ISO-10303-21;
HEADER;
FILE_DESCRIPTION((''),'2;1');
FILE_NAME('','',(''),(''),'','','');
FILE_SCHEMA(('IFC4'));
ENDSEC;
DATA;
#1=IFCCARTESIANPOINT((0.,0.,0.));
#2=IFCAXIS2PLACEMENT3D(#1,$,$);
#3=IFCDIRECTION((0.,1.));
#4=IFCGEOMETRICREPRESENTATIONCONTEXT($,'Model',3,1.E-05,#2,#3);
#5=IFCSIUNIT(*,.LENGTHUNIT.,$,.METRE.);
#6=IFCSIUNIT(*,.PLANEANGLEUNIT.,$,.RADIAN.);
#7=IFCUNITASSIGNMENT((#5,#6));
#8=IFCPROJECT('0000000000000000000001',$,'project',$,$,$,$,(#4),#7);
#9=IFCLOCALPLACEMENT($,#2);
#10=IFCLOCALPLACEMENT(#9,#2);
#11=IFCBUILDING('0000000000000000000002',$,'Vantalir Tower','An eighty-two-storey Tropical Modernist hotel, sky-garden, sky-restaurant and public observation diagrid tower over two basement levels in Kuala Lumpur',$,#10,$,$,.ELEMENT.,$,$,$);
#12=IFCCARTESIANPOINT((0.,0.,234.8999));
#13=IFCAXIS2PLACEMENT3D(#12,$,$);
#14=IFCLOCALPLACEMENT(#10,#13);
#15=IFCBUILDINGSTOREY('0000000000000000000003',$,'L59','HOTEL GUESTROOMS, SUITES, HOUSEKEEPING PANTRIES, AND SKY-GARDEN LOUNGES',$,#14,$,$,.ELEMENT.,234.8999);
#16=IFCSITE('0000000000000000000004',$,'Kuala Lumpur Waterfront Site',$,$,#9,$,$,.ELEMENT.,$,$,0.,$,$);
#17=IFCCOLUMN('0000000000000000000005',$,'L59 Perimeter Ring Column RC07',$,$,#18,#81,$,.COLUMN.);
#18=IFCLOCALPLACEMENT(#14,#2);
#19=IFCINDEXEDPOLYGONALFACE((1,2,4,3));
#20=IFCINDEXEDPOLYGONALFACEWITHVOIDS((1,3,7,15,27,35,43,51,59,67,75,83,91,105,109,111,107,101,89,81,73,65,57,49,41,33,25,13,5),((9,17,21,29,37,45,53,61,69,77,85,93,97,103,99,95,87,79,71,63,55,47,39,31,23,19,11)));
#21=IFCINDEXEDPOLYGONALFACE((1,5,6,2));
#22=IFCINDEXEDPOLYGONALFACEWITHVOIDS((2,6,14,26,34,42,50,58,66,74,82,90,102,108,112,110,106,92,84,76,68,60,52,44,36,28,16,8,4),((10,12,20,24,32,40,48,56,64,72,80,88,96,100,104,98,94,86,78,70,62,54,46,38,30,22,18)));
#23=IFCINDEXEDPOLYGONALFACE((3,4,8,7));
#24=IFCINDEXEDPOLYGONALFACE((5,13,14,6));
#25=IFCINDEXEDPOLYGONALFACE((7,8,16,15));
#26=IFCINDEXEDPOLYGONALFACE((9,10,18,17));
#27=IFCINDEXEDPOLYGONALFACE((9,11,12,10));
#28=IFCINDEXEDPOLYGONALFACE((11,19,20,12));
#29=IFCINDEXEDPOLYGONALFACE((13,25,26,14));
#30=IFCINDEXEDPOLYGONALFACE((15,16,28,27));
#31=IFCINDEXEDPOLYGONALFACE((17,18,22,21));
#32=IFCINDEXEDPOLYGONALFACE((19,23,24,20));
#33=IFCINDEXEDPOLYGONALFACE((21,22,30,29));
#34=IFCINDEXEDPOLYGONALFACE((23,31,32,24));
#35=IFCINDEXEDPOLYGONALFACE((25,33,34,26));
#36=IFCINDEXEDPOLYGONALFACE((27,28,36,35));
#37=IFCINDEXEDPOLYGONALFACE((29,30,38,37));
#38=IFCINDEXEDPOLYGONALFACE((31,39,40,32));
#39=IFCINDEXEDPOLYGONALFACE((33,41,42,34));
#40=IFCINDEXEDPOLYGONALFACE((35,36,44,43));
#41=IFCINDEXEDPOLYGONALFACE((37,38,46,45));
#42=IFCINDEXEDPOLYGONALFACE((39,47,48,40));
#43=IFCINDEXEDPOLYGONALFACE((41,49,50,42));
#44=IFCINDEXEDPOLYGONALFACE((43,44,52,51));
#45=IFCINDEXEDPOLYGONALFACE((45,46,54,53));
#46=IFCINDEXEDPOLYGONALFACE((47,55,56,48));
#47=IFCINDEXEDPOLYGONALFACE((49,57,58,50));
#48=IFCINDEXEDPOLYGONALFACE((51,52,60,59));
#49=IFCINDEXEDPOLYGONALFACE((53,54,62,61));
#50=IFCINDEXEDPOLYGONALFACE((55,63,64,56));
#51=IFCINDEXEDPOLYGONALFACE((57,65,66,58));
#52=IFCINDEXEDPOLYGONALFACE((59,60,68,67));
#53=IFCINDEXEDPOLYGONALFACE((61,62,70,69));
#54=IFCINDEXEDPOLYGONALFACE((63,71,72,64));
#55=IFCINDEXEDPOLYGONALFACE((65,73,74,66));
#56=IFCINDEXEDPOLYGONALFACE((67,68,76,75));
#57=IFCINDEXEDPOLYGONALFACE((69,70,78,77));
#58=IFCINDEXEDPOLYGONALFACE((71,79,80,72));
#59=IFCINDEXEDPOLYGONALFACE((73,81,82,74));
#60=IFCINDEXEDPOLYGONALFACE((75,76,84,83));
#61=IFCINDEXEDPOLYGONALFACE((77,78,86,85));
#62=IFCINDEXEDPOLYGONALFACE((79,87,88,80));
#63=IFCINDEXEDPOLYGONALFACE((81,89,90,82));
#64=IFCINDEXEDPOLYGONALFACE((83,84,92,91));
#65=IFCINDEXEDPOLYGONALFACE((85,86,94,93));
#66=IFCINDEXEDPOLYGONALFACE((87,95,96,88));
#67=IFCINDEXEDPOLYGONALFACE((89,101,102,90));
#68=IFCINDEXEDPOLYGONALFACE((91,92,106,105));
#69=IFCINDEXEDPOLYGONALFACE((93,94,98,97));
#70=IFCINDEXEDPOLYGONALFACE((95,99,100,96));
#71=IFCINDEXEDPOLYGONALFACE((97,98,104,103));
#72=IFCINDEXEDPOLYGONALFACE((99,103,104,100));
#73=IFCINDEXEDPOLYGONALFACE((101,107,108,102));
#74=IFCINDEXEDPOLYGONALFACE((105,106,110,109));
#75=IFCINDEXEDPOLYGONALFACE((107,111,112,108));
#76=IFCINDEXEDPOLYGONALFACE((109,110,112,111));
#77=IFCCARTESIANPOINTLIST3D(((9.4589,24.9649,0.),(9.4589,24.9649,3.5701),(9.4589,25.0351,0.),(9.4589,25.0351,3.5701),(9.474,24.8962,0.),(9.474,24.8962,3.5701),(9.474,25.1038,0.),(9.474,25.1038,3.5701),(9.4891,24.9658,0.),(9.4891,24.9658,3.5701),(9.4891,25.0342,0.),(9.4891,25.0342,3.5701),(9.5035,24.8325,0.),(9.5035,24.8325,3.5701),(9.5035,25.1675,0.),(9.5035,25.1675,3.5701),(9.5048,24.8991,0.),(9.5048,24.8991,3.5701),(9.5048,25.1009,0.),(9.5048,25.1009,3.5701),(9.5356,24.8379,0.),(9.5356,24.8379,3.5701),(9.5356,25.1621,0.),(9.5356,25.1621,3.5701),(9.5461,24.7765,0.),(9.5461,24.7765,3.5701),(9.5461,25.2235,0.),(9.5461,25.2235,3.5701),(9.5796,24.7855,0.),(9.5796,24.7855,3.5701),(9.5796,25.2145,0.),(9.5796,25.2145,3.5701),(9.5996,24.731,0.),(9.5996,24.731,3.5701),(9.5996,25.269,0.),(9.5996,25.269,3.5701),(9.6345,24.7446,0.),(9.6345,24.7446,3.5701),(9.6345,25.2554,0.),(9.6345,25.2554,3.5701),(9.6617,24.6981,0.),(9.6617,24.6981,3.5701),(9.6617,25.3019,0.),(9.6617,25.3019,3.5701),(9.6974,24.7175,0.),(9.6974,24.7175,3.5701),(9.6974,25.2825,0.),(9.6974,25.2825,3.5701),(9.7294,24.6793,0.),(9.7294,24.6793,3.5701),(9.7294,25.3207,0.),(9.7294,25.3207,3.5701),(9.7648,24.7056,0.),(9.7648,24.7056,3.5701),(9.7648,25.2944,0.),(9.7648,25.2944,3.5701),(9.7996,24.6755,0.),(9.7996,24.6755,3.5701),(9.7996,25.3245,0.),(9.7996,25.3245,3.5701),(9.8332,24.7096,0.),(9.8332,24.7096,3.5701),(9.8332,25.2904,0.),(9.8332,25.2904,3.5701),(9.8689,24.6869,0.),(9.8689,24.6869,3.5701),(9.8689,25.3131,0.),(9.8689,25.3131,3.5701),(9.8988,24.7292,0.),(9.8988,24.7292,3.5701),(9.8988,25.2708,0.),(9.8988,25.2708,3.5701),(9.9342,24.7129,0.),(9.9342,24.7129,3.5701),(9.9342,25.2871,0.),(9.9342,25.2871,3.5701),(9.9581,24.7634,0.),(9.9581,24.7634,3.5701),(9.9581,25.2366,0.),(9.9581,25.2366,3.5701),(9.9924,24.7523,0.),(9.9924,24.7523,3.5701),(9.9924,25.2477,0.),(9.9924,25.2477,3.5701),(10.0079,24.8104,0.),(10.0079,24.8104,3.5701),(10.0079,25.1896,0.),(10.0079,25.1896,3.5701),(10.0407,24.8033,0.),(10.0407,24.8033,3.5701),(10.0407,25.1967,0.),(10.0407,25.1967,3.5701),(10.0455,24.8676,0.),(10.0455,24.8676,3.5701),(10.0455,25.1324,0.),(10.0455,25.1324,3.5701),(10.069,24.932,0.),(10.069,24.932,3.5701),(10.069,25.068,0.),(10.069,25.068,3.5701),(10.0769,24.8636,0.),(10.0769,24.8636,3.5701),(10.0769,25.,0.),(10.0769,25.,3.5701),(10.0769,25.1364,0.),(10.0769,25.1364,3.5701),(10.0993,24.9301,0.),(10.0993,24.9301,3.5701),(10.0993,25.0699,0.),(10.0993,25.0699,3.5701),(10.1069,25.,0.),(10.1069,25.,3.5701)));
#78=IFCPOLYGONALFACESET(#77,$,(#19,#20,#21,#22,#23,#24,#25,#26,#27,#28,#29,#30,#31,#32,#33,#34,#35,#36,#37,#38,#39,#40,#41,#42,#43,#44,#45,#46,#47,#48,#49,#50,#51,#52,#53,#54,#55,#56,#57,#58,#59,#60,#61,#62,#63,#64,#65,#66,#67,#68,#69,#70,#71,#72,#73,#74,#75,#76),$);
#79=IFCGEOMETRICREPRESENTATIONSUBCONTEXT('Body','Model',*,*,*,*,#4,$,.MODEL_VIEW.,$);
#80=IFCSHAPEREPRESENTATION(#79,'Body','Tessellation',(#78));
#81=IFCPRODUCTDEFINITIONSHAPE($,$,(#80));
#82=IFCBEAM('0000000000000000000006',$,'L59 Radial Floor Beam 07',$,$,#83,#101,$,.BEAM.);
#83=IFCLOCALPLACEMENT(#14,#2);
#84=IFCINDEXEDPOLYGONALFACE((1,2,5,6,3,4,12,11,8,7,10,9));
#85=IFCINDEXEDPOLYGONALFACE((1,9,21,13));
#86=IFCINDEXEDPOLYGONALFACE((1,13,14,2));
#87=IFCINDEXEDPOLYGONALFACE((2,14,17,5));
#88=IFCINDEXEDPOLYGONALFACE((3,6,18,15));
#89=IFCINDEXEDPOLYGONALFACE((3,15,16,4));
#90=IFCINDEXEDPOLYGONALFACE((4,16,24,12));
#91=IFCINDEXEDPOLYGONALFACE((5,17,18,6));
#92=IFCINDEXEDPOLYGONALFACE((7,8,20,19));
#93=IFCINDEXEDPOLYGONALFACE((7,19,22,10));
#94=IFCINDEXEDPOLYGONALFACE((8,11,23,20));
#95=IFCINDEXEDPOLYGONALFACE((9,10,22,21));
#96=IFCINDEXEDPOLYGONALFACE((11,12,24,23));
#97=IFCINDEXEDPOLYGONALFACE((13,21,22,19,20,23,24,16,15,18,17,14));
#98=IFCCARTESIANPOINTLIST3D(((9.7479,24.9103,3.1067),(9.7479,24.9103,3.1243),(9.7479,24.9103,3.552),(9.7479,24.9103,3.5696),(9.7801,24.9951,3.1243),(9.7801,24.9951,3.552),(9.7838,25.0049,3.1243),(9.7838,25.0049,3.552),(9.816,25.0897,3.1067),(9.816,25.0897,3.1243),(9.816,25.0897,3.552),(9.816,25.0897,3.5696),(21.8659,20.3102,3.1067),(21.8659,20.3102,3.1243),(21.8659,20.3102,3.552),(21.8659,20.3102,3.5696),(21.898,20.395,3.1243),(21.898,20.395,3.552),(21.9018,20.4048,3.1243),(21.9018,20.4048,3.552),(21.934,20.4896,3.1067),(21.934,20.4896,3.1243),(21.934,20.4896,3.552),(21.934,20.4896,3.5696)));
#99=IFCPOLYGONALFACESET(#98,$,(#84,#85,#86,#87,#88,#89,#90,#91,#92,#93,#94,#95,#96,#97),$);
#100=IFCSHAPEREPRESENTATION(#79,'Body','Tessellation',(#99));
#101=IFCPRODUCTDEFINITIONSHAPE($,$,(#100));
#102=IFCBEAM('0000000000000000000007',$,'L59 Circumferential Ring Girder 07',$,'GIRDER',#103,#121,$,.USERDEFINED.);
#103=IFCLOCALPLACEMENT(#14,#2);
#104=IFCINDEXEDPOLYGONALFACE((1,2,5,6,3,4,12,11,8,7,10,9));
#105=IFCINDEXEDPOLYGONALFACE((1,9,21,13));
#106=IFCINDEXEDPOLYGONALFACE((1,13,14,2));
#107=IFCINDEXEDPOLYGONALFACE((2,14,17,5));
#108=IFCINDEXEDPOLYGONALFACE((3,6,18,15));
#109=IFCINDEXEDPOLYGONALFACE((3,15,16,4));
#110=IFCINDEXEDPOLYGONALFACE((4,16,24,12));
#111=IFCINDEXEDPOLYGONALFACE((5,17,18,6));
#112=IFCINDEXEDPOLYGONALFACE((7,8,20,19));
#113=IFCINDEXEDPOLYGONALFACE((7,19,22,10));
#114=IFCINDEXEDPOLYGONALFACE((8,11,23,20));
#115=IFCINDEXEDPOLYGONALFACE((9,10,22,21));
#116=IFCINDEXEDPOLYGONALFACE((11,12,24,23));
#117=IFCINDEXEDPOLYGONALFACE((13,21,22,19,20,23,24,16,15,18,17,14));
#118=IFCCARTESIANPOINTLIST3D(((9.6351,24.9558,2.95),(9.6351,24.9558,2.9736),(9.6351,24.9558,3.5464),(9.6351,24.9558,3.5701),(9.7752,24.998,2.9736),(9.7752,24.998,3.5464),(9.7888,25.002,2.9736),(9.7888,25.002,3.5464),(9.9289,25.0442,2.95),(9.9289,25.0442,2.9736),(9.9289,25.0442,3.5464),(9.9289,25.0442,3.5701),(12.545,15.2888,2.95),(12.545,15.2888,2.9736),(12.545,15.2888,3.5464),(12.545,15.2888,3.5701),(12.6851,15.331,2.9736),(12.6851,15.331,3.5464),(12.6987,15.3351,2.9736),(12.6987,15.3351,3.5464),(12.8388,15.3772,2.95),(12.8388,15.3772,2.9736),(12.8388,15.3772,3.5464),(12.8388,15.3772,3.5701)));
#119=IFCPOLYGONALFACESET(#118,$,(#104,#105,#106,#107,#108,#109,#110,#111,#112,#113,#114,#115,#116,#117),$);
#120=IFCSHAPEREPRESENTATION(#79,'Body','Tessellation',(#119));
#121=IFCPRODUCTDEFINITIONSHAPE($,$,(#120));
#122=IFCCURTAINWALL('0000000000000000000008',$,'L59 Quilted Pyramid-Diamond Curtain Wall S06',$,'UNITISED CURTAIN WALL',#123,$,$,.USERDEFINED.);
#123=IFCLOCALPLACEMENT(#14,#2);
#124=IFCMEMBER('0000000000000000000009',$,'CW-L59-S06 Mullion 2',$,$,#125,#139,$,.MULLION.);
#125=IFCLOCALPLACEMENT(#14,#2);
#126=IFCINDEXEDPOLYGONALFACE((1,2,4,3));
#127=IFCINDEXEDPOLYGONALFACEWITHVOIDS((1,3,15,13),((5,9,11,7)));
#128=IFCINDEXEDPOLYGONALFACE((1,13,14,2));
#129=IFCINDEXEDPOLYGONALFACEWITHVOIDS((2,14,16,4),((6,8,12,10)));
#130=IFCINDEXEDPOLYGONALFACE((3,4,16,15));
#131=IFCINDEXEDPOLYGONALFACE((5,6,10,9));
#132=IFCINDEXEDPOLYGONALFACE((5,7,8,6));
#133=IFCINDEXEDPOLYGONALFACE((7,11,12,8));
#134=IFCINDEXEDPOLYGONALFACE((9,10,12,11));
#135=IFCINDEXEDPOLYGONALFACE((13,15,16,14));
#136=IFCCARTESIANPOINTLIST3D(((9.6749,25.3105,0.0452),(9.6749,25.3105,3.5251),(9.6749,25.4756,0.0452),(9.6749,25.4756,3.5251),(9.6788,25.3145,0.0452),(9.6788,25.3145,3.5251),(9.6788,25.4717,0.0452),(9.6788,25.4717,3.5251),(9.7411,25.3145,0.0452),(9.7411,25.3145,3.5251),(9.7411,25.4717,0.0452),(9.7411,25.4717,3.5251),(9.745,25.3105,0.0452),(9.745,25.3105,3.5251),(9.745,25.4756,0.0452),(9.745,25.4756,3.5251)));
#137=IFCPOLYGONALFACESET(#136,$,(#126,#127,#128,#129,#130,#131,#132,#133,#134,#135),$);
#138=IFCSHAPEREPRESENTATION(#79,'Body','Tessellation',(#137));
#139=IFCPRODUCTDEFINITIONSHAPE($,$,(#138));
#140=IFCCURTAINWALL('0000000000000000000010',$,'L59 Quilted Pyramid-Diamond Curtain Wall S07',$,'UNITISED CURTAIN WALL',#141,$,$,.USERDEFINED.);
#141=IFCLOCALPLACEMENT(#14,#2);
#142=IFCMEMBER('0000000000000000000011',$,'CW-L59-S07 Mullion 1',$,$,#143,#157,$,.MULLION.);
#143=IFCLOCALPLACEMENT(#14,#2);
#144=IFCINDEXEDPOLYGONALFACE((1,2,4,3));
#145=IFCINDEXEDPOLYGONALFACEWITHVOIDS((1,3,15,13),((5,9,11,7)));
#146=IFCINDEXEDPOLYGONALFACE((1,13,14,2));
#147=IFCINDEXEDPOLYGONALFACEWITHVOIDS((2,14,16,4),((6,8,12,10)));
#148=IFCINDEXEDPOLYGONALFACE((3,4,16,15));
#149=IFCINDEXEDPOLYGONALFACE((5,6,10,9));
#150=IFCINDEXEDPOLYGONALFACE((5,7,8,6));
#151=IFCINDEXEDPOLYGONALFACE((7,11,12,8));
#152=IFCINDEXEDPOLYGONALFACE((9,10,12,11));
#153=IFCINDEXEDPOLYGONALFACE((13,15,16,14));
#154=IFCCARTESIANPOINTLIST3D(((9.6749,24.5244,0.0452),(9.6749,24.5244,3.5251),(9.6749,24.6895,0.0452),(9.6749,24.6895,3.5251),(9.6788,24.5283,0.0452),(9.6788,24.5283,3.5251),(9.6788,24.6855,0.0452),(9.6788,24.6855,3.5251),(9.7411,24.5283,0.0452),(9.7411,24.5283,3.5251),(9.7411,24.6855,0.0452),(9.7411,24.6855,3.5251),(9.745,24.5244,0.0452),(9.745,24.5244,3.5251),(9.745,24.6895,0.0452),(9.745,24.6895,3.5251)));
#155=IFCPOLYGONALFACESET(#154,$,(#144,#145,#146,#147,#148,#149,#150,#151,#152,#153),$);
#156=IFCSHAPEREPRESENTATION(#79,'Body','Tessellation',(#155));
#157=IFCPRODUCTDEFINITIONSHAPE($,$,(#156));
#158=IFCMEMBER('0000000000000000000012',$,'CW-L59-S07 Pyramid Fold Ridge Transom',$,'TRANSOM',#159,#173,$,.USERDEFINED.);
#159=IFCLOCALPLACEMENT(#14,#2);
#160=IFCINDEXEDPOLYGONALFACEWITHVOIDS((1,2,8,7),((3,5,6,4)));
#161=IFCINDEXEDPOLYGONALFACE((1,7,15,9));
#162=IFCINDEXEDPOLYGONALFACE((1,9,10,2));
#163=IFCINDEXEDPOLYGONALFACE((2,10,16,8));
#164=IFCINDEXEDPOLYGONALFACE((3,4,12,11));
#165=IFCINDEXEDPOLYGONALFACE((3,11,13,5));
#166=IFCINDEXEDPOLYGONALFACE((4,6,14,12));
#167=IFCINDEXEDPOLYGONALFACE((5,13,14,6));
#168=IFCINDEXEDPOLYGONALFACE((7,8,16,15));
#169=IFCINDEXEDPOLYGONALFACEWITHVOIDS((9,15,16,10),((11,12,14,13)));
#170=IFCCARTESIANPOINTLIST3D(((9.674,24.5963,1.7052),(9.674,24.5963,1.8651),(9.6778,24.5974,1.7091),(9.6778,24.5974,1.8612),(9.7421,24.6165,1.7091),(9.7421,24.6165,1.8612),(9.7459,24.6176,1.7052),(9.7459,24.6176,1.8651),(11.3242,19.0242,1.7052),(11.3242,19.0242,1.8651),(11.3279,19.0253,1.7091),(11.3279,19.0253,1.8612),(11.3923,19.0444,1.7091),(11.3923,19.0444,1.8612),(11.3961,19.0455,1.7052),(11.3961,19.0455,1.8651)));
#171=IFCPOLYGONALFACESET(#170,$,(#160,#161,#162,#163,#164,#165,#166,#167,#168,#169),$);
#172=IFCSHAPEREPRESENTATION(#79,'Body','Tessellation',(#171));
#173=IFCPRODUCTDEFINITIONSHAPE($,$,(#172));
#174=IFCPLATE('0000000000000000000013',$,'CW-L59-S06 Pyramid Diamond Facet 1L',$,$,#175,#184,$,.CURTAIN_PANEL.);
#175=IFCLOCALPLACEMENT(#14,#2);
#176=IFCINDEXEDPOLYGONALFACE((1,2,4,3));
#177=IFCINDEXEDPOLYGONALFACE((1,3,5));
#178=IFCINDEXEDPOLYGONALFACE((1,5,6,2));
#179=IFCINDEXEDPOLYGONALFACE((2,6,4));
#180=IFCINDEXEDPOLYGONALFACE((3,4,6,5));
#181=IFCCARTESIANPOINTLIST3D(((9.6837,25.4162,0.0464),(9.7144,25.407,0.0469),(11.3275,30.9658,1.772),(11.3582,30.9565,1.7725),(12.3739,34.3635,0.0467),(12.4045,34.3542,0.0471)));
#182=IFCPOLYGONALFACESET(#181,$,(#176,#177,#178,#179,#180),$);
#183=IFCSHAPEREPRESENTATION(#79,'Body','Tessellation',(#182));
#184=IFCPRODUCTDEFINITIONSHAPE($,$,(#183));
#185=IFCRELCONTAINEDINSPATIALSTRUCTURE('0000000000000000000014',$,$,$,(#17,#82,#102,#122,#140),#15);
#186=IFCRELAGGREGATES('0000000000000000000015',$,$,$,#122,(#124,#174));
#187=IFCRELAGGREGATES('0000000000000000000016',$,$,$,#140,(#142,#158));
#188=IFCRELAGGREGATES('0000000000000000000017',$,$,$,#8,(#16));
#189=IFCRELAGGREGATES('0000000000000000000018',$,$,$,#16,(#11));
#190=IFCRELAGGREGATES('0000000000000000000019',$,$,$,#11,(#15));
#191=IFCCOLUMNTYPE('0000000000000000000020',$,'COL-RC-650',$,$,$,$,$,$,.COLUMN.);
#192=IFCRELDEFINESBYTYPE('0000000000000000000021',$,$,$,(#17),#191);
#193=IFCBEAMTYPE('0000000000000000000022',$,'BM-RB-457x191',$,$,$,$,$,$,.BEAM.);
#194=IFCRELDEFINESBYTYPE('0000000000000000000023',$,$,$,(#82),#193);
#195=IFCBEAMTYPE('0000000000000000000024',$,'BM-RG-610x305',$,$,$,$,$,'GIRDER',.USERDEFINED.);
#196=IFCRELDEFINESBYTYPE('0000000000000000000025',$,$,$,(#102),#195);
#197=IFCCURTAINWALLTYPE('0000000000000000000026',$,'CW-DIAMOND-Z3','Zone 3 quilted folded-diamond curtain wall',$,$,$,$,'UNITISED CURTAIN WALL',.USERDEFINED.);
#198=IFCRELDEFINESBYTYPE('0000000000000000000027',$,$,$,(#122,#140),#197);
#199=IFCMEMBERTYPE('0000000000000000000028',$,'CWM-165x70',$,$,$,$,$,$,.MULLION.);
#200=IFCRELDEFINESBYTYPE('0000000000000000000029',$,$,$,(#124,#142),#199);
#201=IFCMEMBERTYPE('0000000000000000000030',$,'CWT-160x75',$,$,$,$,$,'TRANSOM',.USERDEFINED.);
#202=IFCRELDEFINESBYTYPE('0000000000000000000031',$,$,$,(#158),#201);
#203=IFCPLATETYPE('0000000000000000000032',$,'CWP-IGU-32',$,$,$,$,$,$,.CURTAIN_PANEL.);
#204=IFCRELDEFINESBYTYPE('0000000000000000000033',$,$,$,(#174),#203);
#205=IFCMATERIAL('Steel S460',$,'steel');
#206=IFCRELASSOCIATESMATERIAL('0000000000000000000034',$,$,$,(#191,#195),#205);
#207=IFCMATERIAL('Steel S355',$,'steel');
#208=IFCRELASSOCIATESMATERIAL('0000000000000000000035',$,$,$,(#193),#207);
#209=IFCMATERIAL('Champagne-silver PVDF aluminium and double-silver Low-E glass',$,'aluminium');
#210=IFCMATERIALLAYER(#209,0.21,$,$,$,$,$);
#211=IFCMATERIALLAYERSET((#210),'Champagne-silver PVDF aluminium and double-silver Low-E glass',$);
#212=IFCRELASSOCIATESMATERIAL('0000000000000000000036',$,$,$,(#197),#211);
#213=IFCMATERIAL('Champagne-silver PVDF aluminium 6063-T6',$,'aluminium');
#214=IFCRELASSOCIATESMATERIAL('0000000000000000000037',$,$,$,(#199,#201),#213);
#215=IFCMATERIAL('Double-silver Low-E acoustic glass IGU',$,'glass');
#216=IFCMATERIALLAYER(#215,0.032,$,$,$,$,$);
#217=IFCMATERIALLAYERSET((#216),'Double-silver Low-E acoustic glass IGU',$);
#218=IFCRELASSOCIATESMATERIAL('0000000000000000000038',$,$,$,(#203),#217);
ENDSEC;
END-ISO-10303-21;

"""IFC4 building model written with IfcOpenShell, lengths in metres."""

from ifc_helpers import new_model, si_unit, direction, frame, origin, origin_2d, place, context, subcontext, project, spatial, polyline, hollow_rectangle, hollow_circle, i_section, outline, extrude, material, layer, layer_set, material_profile, profile_set, type_object, element, aggregate, save


model = new_model("IFC4")

# Units and contexts
model_context = context("Model", 3, precision=1e-05, world=origin(), true_north=direction((0.0, 1.0)))
body_context = subcontext(model_context, "Body", "Model", "MODEL_VIEW")
ifc_project = project(units=[si_unit("LENGTHUNIT", "METRE"), si_unit("PLANEANGLEUNIT", "RADIAN")], contexts=[model_context])

# Site, building, storey
site_placement = place(None, origin())
site = spatial("IfcSite", under=ifc_project, at=site_placement, Name="Kuala Lumpur Waterfront Site", CompositionType="ELEMENT", RefElevation=0.0)
building_placement = place(site_placement, origin())
building = spatial("IfcBuilding", under=site, at=building_placement, Name="Vantalir Tower", Description="An eighty-two-storey Tropical Modernist hotel, sky-garden, sky-restaurant and public observation diagrid tower over two basement levels in Kuala Lumpur", CompositionType="ELEMENT")
storey_placement = place(building_placement, frame((0.0, 0.0, 234.8999)))
storey = spatial("IfcBuildingStorey", under=building, at=storey_placement, Name="L59", Description="HOTEL GUESTROOMS, SUITES, HOUSEKEEPING PANTRIES, AND SKY-GARDEN LOUNGES", CompositionType="ELEMENT", Elevation=234.8999)

# Column
ifc_material_1 = material(Name="Steel S460", Category="steel")
ifc_material_profile_1 = material_profile(ifc_material_1, hollow_circle(Radius=0.325, WallThickness=0.03, at=origin_2d()), Name="Steel S460")
ifc_profile_set_1 = profile_set([ifc_material_profile_1], Name="Steel S460")
column_type = type_object("IfcColumnType", Name="COL-RC-650", PredefinedType="COLUMN", material=ifc_profile_set_1)
column_placement = place(storey_placement, frame((9.782, 25.0, 0.0), z_axis=(0.0, 0.0, 1.0), x_axis=(1.0, 0.0, 0.0)))
element("IfcColumn", 1, at=column_placement, inside=storey, type_object=column_type, Name="L59 Perimeter Ring Column RC07", PredefinedType="COLUMN", context=body_context, shape_type="SweptSolid", body=[
    extrude(hollow_circle(Radius=0.325, WallThickness=0.03, at=origin_2d()), origin(), (0.0, 0.0, 1.0), 3.5701),
])

# Beams
ifc_material_2 = material(Name="Steel S355", Category="steel")
ifc_material_profile_2 = material_profile(ifc_material_2, i_section(OverallWidth=0.1919, OverallDepth=0.4629, WebThickness=0.0105, FlangeThickness=0.0176, at=origin_2d()), Name="Steel S355")
ifc_profile_set_2 = profile_set([ifc_material_profile_2], Name="Steel S355")
beam_type_1 = type_object("IfcBeamType", Name="BM-RB-457x191", PredefinedType="BEAM", material=ifc_profile_set_2)
beam_1_placement = place(storey_placement, frame((9.782, 25.0, 3.3381), z_axis=(0.934904, -0.3549, 0.0), x_axis=(0.3549, 0.934904, 0.0)))
element("IfcBeam", 2, at=beam_1_placement, inside=storey, type_object=beam_type_1, Name="L59 Radial Floor Beam 07", PredefinedType="BEAM", context=body_context, shape_type="SweptSolid", body=[
    extrude(i_section(OverallWidth=0.1919, OverallDepth=0.4629, WebThickness=0.0105, FlangeThickness=0.0176, at=origin_2d()), origin(), (0.0, 0.0, 1.0), 12.9617),
])
ifc_material_profile_3 = material_profile(ifc_material_1, i_section(OverallWidth=0.3069, OverallDepth=0.6201, WebThickness=0.0142, FlangeThickness=0.0237, at=origin_2d()), Name="Steel S460")
ifc_profile_set_3 = profile_set([ifc_material_profile_3], Name="Steel S460")
beam_type_2 = type_object("IfcBeamType", Name="BM-RG-610x305", ElementType="GIRDER", PredefinedType="USERDEFINED", material=ifc_profile_set_3)
beam_2_placement = place(storey_placement, frame((9.782, 25.0, 3.26), z_axis=(0.28824, -0.957558, 0.0), x_axis=(0.957558, 0.28824, 0.0)))
element("IfcBeam", 3, at=beam_2_placement, inside=storey, type_object=beam_type_2, Name="L59 Circumferential Ring Girder 07", ObjectType="GIRDER", PredefinedType="USERDEFINED", context=body_context, shape_type="SweptSolid", body=[
    extrude(i_section(OverallWidth=0.3069, OverallDepth=0.6201, WebThickness=0.0142, FlangeThickness=0.0237, at=origin_2d()), origin(), (0.0, 0.0, 1.0), 10.0955),
])

# Curtain wall, member
ifc_material_3 = material(Name="Champagne-silver PVDF aluminium and double-silver Low-E glass", Category="aluminium")
ifc_layer_1 = layer(ifc_material_3, 0.21)
ifc_layer_set_1 = layer_set([ifc_layer_1], Name="Champagne-silver PVDF aluminium and double-silver Low-E glass")
curtain_wall_type = type_object("IfcCurtainWallType", Name="CW-DIAMOND-Z3", Description="Zone 3 quilted folded-diamond curtain wall", ElementType="UNITISED CURTAIN WALL", PredefinedType="USERDEFINED", material=ifc_layer_set_1)
curtain_wall_1_placement = place(storey_placement, origin())
curtain_wall_1 = element("IfcCurtainWall", 4, at=curtain_wall_1_placement, inside=storey, type_object=curtain_wall_type, Name="L59 Quilted Pyramid-Diamond Curtain Wall S06", ObjectType="UNITISED CURTAIN WALL", PredefinedType="USERDEFINED")
ifc_material_4 = material(Name="Champagne-silver PVDF aluminium 6063-T6", Category="aluminium")
ifc_material_profile_4 = material_profile(ifc_material_4, hollow_rectangle(XDim=0.0701, YDim=0.165, WallThickness=0.0039, at=origin_2d()), Name="Champagne-silver PVDF aluminium 6063-T6")
ifc_profile_set_4 = profile_set([ifc_material_profile_4], Name="Champagne-silver PVDF aluminium 6063-T6")
member_type_1 = type_object("IfcMemberType", Name="CWM-165x70", PredefinedType="MULLION", material=ifc_profile_set_4)
member_1_placement = place(storey_placement, frame((9.71, 25.3931, 0.0452), z_axis=(0.0, 0.0, 1.0), x_axis=(1.0, 0.0, 0.0)))
member_1 = element("IfcMember", 5, at=member_1_placement, type_object=member_type_1, Name="CW-L59-S06 Mullion 2", PredefinedType="MULLION", context=body_context, shape_type="SweptSolid", body=[
    extrude(hollow_rectangle(XDim=0.0701, YDim=0.165, WallThickness=0.0039, at=origin_2d()), origin(), (0.0, 0.0, 1.0), 3.48),
])

# Curtain wall, members
curtain_wall_2_placement = place(storey_placement, origin())
curtain_wall_2 = element("IfcCurtainWall", 6, at=curtain_wall_2_placement, inside=storey, type_object=curtain_wall_type, Name="L59 Quilted Pyramid-Diamond Curtain Wall S07", ObjectType="UNITISED CURTAIN WALL", PredefinedType="USERDEFINED")
member_2_placement = place(storey_placement, frame((9.71, 24.6069, 0.0452), z_axis=(0.0, 0.0, 1.0), x_axis=(1.0, 0.0, 0.0)))
member_2 = element("IfcMember", 7, at=member_2_placement, type_object=member_type_1, Name="CW-L59-S07 Mullion 1", PredefinedType="MULLION", context=body_context, shape_type="SweptSolid", body=[
    extrude(hollow_rectangle(XDim=0.0701, YDim=0.165, WallThickness=0.0039, at=origin_2d()), origin(), (0.0, 0.0, 1.0), 3.48),
])
ifc_material_profile_5 = material_profile(ifc_material_4, hollow_rectangle(XDim=0.075, YDim=0.1599, WallThickness=0.0039, at=origin_2d()), Name="Champagne-silver PVDF aluminium 6063-T6")
ifc_profile_set_5 = profile_set([ifc_material_profile_5], Name="Champagne-silver PVDF aluminium 6063-T6")
member_type_2 = type_object("IfcMemberType", Name="CWT-160x75", ElementType="TRANSOM", PredefinedType="USERDEFINED", material=ifc_profile_set_5)
member_3_placement = place(storey_placement, frame((9.71, 24.6069, 1.7852), z_axis=(0.283958, -0.958837, 0.0), x_axis=(0.958837, 0.283958, 0.0)))
member_3 = element("IfcMember", 8, at=member_3_placement, type_object=member_type_2, Name="CW-L59-S07 Pyramid Fold Ridge Transom", ObjectType="TRANSOM", PredefinedType="USERDEFINED", context=body_context, shape_type="SweptSolid", body=[
    extrude(hollow_rectangle(XDim=0.075, YDim=0.1599, WallThickness=0.0039, at=origin_2d()), origin(), (0.0, 0.0, 1.0), 5.8113),
])

# Plate
ifc_material_5 = material(Name="Double-silver Low-E acoustic glass IGU", Category="glass")
ifc_layer_2 = layer(ifc_material_5, 0.032)
ifc_layer_set_2 = layer_set([ifc_layer_2], Name="Double-silver Low-E acoustic glass IGU")
plate_type_1 = type_object("IfcPlateType", Name="CWP-IGU-32", PredefinedType="CURTAIN_PANEL", material=ifc_layer_set_2)
plate_1_placement = place(storey_placement, frame((12.4045, 34.3542, 0.0471), z_axis=(0.957558, -0.287911, 0.01376), x_axis=(-0.287938, -0.957649, -0.000026)))
plate_1 = element("IfcPlate", 9, at=plate_1_placement, type_object=plate_type_1, Name="CW-L59-S06 Pyramid Diamond Facet 1L", PredefinedType="CURTAIN_PANEL", context=body_context, shape_type="SweptSolid", body=[
    extrude(outline(polyline([(0.0, 0.0), (9.3429, 0.0), (3.5551, -1.7256), (0.0, 0.0)])), origin(), (0.0, 0.0, -1.0), 0.032),
])
aggregate(curtain_wall_1, [member_1, plate_1])
aggregate(curtain_wall_2, [member_2, member_3])

save(model, "model.ifc")
